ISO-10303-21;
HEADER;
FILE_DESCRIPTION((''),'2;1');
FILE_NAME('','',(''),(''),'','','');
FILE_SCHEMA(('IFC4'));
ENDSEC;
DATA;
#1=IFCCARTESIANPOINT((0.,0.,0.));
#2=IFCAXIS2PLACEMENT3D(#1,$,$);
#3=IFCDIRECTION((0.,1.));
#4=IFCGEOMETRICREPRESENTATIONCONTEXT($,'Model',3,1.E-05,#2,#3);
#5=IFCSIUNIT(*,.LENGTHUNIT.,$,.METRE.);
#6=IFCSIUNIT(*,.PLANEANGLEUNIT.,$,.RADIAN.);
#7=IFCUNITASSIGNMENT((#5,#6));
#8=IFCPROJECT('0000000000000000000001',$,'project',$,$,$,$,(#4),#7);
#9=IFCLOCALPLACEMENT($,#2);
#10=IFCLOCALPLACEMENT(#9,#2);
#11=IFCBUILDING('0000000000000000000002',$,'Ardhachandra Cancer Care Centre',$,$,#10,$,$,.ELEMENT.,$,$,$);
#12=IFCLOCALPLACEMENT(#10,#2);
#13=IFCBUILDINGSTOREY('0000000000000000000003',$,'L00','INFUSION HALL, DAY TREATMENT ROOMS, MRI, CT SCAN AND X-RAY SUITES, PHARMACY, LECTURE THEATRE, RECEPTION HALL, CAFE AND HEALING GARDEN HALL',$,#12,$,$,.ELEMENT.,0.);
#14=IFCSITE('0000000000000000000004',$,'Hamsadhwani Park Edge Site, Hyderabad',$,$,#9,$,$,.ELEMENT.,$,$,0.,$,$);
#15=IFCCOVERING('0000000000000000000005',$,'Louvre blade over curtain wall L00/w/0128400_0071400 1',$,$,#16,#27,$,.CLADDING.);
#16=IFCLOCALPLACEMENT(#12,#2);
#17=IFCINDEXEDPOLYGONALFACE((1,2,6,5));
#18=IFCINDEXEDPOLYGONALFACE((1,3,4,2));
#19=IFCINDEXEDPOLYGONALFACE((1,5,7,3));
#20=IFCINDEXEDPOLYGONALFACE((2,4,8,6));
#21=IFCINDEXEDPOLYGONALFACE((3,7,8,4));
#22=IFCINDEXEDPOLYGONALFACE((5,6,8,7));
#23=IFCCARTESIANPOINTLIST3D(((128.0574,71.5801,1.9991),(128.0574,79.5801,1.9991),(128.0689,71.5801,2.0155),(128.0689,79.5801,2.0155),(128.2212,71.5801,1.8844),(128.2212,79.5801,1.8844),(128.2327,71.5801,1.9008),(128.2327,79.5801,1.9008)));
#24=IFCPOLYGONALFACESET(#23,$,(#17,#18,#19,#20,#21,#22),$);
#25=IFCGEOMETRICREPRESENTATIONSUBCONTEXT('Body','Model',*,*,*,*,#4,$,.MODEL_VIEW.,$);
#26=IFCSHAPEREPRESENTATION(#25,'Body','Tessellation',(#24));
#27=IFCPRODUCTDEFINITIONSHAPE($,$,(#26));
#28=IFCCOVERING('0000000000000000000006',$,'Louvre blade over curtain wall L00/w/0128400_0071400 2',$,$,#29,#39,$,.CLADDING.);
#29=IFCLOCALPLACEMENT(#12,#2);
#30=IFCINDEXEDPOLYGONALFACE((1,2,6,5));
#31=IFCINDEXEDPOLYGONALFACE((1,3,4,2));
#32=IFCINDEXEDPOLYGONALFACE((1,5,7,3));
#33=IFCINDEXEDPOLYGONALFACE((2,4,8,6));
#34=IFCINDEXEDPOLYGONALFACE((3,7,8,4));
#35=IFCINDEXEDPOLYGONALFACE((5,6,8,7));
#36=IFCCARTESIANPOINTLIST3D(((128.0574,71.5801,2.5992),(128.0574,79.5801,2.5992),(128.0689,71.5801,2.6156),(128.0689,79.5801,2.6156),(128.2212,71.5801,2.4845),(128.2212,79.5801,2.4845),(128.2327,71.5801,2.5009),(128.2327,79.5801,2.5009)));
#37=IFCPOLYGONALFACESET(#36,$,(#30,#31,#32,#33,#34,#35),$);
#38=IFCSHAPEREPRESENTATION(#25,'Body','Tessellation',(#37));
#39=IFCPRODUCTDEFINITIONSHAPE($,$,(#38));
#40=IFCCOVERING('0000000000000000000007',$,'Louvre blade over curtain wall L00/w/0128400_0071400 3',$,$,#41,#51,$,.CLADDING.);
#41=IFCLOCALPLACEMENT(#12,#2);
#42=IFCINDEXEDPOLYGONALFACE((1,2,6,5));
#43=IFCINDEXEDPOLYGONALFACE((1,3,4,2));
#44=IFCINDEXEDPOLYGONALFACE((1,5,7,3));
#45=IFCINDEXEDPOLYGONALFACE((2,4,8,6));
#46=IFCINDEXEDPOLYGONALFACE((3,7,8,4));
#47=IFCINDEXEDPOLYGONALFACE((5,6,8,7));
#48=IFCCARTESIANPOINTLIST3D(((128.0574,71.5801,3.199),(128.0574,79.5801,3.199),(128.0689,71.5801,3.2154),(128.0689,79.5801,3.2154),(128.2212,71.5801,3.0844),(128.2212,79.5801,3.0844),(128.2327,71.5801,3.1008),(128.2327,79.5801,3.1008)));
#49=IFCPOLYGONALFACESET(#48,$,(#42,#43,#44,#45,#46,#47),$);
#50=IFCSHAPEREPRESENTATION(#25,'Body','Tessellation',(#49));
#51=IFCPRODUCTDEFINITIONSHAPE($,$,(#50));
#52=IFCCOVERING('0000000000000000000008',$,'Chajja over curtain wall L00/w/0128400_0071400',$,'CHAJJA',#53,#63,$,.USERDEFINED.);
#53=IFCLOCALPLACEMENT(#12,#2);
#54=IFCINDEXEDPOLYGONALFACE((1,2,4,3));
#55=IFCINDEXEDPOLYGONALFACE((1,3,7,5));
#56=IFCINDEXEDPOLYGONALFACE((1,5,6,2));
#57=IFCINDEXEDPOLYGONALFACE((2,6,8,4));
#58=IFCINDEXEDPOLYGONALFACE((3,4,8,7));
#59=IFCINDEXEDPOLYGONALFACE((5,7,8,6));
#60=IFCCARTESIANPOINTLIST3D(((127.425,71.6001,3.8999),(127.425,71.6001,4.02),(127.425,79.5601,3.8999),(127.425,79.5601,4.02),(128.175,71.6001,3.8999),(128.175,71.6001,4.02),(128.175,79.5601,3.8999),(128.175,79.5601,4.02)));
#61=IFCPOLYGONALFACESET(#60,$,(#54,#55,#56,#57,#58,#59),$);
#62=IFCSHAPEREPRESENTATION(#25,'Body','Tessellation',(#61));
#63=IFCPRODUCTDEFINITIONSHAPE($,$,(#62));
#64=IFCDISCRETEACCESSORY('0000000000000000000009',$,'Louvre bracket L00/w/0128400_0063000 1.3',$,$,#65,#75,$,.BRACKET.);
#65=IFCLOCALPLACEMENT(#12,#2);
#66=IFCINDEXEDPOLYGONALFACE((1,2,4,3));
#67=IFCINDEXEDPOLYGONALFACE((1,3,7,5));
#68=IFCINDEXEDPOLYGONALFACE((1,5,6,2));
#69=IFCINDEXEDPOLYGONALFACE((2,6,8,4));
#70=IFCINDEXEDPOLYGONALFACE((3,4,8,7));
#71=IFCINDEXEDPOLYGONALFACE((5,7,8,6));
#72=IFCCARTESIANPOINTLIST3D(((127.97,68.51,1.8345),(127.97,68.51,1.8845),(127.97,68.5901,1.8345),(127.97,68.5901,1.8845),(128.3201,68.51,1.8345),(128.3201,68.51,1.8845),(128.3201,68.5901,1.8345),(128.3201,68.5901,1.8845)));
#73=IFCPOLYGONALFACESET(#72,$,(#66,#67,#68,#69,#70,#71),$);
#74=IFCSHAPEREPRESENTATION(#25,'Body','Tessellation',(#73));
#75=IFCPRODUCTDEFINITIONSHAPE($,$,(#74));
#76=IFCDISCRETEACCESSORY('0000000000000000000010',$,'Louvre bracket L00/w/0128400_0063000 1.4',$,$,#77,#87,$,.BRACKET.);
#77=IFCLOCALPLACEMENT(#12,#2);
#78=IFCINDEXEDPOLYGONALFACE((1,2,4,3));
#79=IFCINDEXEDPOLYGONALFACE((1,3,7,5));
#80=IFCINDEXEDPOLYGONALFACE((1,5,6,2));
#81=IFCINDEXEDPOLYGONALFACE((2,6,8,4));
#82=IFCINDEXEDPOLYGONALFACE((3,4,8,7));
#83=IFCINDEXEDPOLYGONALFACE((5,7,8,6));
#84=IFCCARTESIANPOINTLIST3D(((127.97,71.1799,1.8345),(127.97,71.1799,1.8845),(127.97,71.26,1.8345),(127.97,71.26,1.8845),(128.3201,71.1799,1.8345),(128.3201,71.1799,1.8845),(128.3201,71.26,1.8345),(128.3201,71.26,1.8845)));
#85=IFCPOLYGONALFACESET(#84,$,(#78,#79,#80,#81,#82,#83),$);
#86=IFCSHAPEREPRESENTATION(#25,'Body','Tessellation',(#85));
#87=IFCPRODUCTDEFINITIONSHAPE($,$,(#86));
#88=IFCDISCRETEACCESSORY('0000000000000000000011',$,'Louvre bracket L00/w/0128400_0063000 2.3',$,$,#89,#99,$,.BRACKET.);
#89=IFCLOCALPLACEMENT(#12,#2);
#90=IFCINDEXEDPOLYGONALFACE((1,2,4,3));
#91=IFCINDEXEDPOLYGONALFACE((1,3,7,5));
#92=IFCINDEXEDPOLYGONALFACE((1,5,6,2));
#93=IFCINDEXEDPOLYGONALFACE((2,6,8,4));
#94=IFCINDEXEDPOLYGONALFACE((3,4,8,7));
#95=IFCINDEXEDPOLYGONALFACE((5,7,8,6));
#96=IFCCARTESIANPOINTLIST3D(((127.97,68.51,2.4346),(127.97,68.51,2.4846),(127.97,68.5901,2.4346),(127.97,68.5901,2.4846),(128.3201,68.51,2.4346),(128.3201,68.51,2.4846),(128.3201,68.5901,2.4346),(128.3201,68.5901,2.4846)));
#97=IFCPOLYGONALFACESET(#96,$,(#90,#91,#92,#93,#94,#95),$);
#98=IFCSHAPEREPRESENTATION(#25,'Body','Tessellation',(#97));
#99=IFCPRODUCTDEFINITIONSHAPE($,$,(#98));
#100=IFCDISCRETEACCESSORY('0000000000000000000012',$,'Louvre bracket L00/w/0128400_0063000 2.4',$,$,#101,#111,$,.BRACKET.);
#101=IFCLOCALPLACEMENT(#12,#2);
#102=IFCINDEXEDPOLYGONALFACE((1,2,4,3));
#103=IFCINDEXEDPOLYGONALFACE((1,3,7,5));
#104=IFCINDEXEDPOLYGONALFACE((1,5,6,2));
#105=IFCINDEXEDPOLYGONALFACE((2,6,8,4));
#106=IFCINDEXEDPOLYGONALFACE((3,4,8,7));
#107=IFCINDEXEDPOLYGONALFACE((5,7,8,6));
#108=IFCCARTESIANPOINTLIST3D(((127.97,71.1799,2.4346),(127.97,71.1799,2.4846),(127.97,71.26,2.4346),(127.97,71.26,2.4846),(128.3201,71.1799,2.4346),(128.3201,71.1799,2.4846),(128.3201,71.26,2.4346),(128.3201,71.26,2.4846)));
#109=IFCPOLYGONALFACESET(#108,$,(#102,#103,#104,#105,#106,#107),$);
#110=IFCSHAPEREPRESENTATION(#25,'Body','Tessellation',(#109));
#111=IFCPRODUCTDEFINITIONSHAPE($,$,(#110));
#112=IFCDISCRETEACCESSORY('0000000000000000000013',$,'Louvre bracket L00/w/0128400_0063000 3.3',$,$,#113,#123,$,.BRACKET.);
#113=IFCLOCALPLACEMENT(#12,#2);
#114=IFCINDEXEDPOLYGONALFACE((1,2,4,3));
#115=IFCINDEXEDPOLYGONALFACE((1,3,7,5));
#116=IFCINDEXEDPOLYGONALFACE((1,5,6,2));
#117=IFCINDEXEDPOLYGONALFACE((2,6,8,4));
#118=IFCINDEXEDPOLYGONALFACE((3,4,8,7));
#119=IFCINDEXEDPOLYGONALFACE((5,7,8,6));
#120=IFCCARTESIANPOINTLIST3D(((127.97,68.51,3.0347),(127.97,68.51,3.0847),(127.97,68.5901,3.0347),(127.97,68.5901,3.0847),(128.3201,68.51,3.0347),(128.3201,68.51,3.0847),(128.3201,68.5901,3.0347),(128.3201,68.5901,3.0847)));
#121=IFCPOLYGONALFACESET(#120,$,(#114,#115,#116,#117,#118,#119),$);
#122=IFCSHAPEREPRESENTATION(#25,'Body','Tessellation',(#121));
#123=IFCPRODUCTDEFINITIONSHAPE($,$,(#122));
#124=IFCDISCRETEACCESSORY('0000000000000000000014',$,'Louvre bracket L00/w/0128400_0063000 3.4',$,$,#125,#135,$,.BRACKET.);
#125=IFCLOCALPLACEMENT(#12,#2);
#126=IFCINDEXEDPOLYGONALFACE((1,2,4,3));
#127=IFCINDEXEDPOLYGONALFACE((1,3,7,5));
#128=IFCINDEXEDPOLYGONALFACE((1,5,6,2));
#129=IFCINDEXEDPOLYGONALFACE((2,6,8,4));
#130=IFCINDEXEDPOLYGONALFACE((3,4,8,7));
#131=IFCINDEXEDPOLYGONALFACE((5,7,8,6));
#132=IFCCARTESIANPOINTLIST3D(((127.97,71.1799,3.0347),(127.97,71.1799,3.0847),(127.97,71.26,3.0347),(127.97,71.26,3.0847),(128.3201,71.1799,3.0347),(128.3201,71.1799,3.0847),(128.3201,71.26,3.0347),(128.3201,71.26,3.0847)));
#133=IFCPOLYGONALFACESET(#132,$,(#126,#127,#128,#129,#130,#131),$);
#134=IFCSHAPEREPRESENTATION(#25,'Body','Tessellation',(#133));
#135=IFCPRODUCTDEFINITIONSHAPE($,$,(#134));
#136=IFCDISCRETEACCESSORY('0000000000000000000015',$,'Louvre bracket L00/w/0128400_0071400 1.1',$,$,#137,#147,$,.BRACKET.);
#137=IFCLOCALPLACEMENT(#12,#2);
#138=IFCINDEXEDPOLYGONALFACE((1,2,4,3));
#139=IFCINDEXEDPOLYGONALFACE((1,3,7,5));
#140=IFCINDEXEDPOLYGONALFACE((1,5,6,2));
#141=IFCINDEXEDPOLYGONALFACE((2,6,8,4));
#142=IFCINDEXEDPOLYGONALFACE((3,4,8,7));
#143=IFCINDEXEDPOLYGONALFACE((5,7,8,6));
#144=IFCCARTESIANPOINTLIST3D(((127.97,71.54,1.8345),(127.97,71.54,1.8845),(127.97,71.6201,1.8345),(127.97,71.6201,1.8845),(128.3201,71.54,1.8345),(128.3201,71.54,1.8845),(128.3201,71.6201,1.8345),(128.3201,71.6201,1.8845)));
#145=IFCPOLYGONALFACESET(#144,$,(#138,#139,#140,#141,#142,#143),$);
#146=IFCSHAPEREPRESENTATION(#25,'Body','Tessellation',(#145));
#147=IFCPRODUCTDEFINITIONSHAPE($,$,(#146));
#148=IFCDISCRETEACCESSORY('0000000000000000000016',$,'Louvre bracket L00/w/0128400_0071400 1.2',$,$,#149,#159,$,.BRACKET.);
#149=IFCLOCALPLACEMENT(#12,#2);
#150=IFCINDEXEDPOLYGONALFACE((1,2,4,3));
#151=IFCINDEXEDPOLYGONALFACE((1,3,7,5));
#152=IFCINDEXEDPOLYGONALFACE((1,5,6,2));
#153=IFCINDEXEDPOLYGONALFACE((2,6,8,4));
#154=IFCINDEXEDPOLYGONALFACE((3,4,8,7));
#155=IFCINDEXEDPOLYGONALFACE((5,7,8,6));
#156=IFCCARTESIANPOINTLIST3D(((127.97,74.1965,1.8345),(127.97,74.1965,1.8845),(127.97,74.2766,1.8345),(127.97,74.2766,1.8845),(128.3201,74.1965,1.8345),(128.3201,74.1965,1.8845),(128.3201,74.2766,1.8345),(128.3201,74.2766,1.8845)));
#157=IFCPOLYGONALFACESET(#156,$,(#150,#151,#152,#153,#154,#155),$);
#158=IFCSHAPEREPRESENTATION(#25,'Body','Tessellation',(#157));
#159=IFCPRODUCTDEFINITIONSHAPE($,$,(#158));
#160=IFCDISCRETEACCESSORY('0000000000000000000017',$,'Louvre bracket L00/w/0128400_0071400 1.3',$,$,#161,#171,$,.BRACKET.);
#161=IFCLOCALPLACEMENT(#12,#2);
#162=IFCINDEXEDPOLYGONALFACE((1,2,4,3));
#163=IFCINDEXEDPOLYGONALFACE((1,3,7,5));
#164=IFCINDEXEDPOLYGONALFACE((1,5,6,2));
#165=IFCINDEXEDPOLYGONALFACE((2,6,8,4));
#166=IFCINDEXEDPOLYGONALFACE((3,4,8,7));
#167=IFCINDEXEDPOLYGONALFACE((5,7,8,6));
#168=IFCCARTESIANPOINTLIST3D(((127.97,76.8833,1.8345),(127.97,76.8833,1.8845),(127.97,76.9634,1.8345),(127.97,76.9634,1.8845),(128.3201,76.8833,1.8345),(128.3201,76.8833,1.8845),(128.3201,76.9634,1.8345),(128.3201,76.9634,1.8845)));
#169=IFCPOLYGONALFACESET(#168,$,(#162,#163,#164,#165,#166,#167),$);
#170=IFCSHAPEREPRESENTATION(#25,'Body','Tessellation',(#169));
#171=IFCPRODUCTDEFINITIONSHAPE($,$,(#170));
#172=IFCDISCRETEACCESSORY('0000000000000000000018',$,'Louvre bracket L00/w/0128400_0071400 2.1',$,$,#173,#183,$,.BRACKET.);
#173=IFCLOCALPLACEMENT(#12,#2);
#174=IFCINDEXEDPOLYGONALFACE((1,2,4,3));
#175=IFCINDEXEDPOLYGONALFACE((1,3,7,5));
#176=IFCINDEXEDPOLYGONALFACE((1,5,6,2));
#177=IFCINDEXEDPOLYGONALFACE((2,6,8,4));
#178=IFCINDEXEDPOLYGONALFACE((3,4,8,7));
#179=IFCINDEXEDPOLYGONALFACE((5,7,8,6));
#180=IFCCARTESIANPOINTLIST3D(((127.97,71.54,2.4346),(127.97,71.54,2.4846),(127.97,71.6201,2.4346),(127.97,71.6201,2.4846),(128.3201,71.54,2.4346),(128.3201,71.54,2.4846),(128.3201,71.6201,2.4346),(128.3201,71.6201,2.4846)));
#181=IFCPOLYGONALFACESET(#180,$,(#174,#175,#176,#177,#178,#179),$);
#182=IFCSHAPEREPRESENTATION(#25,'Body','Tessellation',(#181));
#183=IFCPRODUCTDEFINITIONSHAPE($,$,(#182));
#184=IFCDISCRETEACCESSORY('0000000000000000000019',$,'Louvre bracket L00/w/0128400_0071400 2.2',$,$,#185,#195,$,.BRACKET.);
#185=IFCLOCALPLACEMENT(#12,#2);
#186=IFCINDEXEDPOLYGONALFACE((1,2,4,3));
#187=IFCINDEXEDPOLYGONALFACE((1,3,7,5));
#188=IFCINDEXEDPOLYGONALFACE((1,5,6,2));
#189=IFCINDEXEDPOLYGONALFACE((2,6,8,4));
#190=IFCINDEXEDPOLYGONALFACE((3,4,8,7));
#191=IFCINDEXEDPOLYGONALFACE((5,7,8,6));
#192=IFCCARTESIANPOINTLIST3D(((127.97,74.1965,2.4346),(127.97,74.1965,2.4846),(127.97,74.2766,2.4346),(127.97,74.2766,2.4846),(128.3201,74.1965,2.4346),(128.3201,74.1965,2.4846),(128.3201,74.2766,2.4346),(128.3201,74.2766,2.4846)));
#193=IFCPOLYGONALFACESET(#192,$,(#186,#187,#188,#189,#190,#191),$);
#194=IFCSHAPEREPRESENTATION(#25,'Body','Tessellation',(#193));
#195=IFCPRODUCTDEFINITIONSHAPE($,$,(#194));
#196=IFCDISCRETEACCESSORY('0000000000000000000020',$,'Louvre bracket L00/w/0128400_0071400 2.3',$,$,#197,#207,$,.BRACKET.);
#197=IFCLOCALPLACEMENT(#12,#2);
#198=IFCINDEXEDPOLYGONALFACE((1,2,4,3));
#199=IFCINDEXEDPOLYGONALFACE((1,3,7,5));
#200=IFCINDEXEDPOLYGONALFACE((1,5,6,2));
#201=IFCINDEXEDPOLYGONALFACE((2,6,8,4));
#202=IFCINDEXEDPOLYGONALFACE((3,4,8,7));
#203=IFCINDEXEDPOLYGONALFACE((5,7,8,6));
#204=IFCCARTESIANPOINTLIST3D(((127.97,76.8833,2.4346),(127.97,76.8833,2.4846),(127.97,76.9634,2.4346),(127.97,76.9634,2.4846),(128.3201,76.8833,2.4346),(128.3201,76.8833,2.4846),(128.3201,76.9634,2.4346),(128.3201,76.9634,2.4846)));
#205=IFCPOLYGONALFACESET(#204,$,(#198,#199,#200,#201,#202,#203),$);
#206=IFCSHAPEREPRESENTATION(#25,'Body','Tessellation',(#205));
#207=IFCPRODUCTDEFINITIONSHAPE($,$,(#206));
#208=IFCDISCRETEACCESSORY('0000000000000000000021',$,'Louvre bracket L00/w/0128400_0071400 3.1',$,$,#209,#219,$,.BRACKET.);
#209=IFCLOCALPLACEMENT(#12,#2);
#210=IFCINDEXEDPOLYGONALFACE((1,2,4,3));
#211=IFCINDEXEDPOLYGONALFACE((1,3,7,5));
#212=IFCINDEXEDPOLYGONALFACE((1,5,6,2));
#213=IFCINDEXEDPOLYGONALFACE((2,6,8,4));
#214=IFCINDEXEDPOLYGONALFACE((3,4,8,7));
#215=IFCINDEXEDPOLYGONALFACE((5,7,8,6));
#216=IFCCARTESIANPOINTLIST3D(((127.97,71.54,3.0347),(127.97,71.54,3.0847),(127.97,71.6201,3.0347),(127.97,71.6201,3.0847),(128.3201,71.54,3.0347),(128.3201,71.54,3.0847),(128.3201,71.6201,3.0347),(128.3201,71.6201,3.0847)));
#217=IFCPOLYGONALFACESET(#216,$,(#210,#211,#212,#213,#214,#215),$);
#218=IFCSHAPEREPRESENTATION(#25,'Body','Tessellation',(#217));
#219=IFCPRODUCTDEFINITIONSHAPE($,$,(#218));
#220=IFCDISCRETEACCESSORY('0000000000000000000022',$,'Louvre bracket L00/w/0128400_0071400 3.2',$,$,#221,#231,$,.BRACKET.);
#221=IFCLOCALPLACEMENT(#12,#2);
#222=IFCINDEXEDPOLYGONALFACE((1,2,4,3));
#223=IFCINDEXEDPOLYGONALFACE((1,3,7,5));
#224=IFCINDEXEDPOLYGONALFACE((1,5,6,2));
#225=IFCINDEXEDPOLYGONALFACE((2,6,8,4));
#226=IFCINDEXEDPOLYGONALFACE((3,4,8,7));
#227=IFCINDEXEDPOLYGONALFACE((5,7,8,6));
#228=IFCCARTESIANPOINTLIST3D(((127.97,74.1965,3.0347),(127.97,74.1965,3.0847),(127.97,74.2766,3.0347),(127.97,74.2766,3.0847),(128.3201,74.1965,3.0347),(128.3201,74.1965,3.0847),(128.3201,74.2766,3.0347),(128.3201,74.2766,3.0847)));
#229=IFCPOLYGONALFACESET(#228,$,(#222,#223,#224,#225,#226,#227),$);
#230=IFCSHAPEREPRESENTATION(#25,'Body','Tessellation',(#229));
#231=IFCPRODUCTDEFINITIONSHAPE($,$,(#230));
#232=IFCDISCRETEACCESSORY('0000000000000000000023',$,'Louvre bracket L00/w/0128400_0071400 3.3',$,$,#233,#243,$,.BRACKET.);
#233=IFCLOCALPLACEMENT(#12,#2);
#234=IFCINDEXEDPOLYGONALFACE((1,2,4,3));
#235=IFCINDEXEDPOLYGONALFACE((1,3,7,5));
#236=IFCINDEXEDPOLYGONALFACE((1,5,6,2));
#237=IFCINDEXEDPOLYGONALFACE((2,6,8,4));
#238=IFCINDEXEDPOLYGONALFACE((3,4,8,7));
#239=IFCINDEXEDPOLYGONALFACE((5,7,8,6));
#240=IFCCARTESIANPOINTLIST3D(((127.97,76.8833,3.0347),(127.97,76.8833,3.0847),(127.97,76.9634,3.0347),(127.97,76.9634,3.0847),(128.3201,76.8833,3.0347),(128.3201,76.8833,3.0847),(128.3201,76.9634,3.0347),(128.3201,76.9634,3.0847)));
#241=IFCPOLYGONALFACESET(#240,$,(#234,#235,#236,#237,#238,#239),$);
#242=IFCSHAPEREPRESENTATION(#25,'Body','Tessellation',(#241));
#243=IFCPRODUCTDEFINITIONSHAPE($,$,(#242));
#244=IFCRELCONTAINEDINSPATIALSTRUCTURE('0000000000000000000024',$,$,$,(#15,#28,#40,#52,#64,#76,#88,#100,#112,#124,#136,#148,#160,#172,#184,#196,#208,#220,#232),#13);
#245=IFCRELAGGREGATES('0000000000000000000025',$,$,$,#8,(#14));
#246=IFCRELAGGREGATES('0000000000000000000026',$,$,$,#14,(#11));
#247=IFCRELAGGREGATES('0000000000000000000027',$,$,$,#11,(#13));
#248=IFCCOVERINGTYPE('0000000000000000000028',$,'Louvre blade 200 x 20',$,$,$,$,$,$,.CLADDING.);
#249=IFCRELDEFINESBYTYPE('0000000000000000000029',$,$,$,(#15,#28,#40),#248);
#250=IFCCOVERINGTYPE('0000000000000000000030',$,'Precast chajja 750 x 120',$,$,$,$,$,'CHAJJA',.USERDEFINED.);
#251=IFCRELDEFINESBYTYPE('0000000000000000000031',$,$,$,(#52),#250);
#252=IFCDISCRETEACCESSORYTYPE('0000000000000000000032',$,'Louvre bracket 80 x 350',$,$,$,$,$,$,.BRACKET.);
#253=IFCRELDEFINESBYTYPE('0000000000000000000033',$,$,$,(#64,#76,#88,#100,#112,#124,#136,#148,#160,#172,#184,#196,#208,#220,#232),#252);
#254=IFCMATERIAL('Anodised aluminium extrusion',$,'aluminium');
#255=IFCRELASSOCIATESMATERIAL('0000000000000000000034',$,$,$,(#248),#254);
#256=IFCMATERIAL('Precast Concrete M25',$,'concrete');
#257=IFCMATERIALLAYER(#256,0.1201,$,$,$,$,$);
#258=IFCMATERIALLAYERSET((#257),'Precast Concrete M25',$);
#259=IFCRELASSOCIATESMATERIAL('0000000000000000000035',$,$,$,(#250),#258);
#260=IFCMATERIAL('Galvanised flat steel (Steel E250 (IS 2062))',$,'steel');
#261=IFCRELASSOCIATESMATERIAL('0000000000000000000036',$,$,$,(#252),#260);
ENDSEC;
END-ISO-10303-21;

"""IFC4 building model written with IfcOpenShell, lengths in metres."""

from ifc_helpers import new_model, si_unit, direction, frame, origin, origin_2d, place, context, subcontext, project, spatial, rectangle, extrude, material, layer, layer_set, material_profile, profile_set, type_object, element, save


model = new_model("IFC4")

# Units and contexts
model_context = context("Model", 3, precision=1e-05, world=origin(), true_north=direction((0.0, 1.0)))
body_context = subcontext(model_context, "Body", "Model", "MODEL_VIEW")
ifc_project = project(units=[si_unit("LENGTHUNIT", "METRE"), si_unit("PLANEANGLEUNIT", "RADIAN")], contexts=[model_context])

# Site, building, storey
site_placement = place(None, origin())
site = spatial("IfcSite", under=ifc_project, at=site_placement, Name="Hamsadhwani Park Edge Site, Hyderabad", CompositionType="ELEMENT", RefElevation=0.0)
building_placement = place(site_placement, origin())
building = spatial("IfcBuilding", under=site, at=building_placement, Name="Ardhachandra Cancer Care Centre", CompositionType="ELEMENT")
storey_placement = place(building_placement, origin())
storey = spatial("IfcBuildingStorey", under=building, at=storey_placement, Name="L00", Description="INFUSION HALL, DAY TREATMENT ROOMS, MRI, CT SCAN AND X-RAY SUITES, PHARMACY, LECTURE THEATRE, RECEPTION HALL, CAFE AND HEALING GARDEN HALL", CompositionType="ELEMENT", Elevation=0.0)

# Coverings
ifc_material_1 = material(Name="Anodised aluminium extrusion", Category="aluminium")
ifc_material_profile_1 = material_profile(ifc_material_1, rectangle(XDim=0.2, YDim=0.02, at=origin_2d()), Name="Louvre blade 200 x 20")
ifc_profile_set_1 = profile_set([ifc_material_profile_1], Name="Anodised aluminium extrusion")
covering_type_1 = type_object("IfcCoveringType", Name="Louvre blade 200 x 20", PredefinedType="CLADDING", material=ifc_profile_set_1)
for number, where, z_axis, x_axis, name in (
    (1, (128.145, 71.5801, 1.95), (0.0, 1.0, 0.0), (-0.819152, 0.0, 0.573576), "Louvre blade over curtain wall L00/w/0128400_0071400 1"),
    (2, (128.145, 71.5801, 2.55), (0.0, 1.0, 0.0), (-0.819152, 0.0, 0.573576), "Louvre blade over curtain wall L00/w/0128400_0071400 2"),
    (3, (128.145, 71.5801, 3.1499), (0.0, 1.0, 0.0), (-0.819152, 0.0, 0.573576), "Louvre blade over curtain wall L00/w/0128400_0071400 3"),
):
    element("IfcCovering", number, at=place(storey_placement, frame(where, z_axis=z_axis, x_axis=x_axis)), inside=storey, type_object=covering_type_1, Name=name, PredefinedType="CLADDING", context=body_context, shape_type="SweptSolid", body=[
        extrude(rectangle(XDim=0.2, YDim=0.02, at=origin_2d()), origin(), (0.0, 0.0, 1.0), 8.0),
    ])
ifc_material_2 = material(Name="Precast Concrete M25", Category="concrete")
ifc_layer_1 = layer(ifc_material_2, 0.1201)
ifc_layer_set_1 = layer_set([ifc_layer_1], Name="Precast Concrete M25")
covering_type_2 = type_object("IfcCoveringType", Name="Precast chajja 750 x 120", ElementType="CHAJJA", PredefinedType="USERDEFINED", material=ifc_layer_set_1)
covering_placement = place(storey_placement, frame((127.8, 75.5801, 3.8999), z_axis=(0.0, 0.0, 1.0), x_axis=(0.0, 1.0, 0.0)))
element("IfcCovering", 4, at=covering_placement, inside=storey, type_object=covering_type_2, Name="Chajja over curtain wall L00/w/0128400_0071400", ObjectType="CHAJJA", PredefinedType="USERDEFINED", context=body_context, shape_type="SweptSolid", body=[
    extrude(rectangle(XDim=7.96, YDim=0.75, at=origin_2d()), origin(), (0.0, 0.0, 1.0), 0.1201),
])

# Discrete accessories
ifc_material_3 = material(Name="Galvanised flat steel (Steel E250 (IS 2062))", Category="steel")
discrete_accessory_type = type_object("IfcDiscreteAccessoryType", Name="Louvre bracket 80 x 350", PredefinedType="BRACKET", material=ifc_material_3)
for number, where, z_axis, x_axis, name in (
    (5, (128.145, 68.55, 1.8345), (0.0, 0.0, 1.0), (0.0, 1.0, 0.0), "Louvre bracket L00/w/0128400_0063000 1.3"),
    (6, (128.145, 71.22, 1.8345), (0.0, 0.0, 1.0), (0.0, 1.0, 0.0), "Louvre bracket L00/w/0128400_0063000 1.4"),
    (7, (128.145, 68.55, 2.4346), (0.0, 0.0, 1.0), (0.0, 1.0, 0.0), "Louvre bracket L00/w/0128400_0063000 2.3"),
    (8, (128.145, 71.22, 2.4346), (0.0, 0.0, 1.0), (0.0, 1.0, 0.0), "Louvre bracket L00/w/0128400_0063000 2.4"),
    (9, (128.145, 68.55, 3.0347), (0.0, 0.0, 1.0), (0.0, 1.0, 0.0), "Louvre bracket L00/w/0128400_0063000 3.3"),
    (10, (128.145, 71.22, 3.0347), (0.0, 0.0, 1.0), (0.0, 1.0, 0.0), "Louvre bracket L00/w/0128400_0063000 3.4"),
    (11, (128.145, 71.5801, 1.8345), (0.0, 0.0, 1.0), (0.0, 1.0, 0.0), "Louvre bracket L00/w/0128400_0071400 1.1"),
    (12, (128.145, 74.2366, 1.8345), (0.0, 0.0, 1.0), (0.0, 1.0, 0.0), "Louvre bracket L00/w/0128400_0071400 1.2"),
    (13, (128.145, 76.9233, 1.8345), (0.0, 0.0, 1.0), (0.0, 1.0, 0.0), "Louvre bracket L00/w/0128400_0071400 1.3"),
    (14, (128.145, 71.5801, 2.4346), (0.0, 0.0, 1.0), (0.0, 1.0, 0.0), "Louvre bracket L00/w/0128400_0071400 2.1"),
    (15, (128.145, 74.2366, 2.4346), (0.0, 0.0, 1.0), (0.0, 1.0, 0.0), "Louvre bracket L00/w/0128400_0071400 2.2"),
    (16, (128.145, 76.9233, 2.4346), (0.0, 0.0, 1.0), (0.0, 1.0, 0.0), "Louvre bracket L00/w/0128400_0071400 2.3"),
    (17, (128.145, 71.5801, 3.0347), (0.0, 0.0, 1.0), (0.0, 1.0, 0.0), "Louvre bracket L00/w/0128400_0071400 3.1"),
    (18, (128.145, 74.2366, 3.0347), (0.0, 0.0, 1.0), (0.0, 1.0, 0.0), "Louvre bracket L00/w/0128400_0071400 3.2"),
    (19, (128.145, 76.9233, 3.0347), (0.0, 0.0, 1.0), (0.0, 1.0, 0.0), "Louvre bracket L00/w/0128400_0071400 3.3"),
):
    element("IfcDiscreteAccessory", number, at=place(storey_placement, frame(where, z_axis=z_axis, x_axis=x_axis)), inside=storey, type_object=discrete_accessory_type, Name=name, PredefinedType="BRACKET", context=body_context, shape_type="SweptSolid", body=[
        extrude(rectangle(XDim=0.0801, YDim=0.3501, at=origin_2d()), origin(), (0.0, 0.0, 1.0), 0.05),
    ])

save(model, "model.ifc")
